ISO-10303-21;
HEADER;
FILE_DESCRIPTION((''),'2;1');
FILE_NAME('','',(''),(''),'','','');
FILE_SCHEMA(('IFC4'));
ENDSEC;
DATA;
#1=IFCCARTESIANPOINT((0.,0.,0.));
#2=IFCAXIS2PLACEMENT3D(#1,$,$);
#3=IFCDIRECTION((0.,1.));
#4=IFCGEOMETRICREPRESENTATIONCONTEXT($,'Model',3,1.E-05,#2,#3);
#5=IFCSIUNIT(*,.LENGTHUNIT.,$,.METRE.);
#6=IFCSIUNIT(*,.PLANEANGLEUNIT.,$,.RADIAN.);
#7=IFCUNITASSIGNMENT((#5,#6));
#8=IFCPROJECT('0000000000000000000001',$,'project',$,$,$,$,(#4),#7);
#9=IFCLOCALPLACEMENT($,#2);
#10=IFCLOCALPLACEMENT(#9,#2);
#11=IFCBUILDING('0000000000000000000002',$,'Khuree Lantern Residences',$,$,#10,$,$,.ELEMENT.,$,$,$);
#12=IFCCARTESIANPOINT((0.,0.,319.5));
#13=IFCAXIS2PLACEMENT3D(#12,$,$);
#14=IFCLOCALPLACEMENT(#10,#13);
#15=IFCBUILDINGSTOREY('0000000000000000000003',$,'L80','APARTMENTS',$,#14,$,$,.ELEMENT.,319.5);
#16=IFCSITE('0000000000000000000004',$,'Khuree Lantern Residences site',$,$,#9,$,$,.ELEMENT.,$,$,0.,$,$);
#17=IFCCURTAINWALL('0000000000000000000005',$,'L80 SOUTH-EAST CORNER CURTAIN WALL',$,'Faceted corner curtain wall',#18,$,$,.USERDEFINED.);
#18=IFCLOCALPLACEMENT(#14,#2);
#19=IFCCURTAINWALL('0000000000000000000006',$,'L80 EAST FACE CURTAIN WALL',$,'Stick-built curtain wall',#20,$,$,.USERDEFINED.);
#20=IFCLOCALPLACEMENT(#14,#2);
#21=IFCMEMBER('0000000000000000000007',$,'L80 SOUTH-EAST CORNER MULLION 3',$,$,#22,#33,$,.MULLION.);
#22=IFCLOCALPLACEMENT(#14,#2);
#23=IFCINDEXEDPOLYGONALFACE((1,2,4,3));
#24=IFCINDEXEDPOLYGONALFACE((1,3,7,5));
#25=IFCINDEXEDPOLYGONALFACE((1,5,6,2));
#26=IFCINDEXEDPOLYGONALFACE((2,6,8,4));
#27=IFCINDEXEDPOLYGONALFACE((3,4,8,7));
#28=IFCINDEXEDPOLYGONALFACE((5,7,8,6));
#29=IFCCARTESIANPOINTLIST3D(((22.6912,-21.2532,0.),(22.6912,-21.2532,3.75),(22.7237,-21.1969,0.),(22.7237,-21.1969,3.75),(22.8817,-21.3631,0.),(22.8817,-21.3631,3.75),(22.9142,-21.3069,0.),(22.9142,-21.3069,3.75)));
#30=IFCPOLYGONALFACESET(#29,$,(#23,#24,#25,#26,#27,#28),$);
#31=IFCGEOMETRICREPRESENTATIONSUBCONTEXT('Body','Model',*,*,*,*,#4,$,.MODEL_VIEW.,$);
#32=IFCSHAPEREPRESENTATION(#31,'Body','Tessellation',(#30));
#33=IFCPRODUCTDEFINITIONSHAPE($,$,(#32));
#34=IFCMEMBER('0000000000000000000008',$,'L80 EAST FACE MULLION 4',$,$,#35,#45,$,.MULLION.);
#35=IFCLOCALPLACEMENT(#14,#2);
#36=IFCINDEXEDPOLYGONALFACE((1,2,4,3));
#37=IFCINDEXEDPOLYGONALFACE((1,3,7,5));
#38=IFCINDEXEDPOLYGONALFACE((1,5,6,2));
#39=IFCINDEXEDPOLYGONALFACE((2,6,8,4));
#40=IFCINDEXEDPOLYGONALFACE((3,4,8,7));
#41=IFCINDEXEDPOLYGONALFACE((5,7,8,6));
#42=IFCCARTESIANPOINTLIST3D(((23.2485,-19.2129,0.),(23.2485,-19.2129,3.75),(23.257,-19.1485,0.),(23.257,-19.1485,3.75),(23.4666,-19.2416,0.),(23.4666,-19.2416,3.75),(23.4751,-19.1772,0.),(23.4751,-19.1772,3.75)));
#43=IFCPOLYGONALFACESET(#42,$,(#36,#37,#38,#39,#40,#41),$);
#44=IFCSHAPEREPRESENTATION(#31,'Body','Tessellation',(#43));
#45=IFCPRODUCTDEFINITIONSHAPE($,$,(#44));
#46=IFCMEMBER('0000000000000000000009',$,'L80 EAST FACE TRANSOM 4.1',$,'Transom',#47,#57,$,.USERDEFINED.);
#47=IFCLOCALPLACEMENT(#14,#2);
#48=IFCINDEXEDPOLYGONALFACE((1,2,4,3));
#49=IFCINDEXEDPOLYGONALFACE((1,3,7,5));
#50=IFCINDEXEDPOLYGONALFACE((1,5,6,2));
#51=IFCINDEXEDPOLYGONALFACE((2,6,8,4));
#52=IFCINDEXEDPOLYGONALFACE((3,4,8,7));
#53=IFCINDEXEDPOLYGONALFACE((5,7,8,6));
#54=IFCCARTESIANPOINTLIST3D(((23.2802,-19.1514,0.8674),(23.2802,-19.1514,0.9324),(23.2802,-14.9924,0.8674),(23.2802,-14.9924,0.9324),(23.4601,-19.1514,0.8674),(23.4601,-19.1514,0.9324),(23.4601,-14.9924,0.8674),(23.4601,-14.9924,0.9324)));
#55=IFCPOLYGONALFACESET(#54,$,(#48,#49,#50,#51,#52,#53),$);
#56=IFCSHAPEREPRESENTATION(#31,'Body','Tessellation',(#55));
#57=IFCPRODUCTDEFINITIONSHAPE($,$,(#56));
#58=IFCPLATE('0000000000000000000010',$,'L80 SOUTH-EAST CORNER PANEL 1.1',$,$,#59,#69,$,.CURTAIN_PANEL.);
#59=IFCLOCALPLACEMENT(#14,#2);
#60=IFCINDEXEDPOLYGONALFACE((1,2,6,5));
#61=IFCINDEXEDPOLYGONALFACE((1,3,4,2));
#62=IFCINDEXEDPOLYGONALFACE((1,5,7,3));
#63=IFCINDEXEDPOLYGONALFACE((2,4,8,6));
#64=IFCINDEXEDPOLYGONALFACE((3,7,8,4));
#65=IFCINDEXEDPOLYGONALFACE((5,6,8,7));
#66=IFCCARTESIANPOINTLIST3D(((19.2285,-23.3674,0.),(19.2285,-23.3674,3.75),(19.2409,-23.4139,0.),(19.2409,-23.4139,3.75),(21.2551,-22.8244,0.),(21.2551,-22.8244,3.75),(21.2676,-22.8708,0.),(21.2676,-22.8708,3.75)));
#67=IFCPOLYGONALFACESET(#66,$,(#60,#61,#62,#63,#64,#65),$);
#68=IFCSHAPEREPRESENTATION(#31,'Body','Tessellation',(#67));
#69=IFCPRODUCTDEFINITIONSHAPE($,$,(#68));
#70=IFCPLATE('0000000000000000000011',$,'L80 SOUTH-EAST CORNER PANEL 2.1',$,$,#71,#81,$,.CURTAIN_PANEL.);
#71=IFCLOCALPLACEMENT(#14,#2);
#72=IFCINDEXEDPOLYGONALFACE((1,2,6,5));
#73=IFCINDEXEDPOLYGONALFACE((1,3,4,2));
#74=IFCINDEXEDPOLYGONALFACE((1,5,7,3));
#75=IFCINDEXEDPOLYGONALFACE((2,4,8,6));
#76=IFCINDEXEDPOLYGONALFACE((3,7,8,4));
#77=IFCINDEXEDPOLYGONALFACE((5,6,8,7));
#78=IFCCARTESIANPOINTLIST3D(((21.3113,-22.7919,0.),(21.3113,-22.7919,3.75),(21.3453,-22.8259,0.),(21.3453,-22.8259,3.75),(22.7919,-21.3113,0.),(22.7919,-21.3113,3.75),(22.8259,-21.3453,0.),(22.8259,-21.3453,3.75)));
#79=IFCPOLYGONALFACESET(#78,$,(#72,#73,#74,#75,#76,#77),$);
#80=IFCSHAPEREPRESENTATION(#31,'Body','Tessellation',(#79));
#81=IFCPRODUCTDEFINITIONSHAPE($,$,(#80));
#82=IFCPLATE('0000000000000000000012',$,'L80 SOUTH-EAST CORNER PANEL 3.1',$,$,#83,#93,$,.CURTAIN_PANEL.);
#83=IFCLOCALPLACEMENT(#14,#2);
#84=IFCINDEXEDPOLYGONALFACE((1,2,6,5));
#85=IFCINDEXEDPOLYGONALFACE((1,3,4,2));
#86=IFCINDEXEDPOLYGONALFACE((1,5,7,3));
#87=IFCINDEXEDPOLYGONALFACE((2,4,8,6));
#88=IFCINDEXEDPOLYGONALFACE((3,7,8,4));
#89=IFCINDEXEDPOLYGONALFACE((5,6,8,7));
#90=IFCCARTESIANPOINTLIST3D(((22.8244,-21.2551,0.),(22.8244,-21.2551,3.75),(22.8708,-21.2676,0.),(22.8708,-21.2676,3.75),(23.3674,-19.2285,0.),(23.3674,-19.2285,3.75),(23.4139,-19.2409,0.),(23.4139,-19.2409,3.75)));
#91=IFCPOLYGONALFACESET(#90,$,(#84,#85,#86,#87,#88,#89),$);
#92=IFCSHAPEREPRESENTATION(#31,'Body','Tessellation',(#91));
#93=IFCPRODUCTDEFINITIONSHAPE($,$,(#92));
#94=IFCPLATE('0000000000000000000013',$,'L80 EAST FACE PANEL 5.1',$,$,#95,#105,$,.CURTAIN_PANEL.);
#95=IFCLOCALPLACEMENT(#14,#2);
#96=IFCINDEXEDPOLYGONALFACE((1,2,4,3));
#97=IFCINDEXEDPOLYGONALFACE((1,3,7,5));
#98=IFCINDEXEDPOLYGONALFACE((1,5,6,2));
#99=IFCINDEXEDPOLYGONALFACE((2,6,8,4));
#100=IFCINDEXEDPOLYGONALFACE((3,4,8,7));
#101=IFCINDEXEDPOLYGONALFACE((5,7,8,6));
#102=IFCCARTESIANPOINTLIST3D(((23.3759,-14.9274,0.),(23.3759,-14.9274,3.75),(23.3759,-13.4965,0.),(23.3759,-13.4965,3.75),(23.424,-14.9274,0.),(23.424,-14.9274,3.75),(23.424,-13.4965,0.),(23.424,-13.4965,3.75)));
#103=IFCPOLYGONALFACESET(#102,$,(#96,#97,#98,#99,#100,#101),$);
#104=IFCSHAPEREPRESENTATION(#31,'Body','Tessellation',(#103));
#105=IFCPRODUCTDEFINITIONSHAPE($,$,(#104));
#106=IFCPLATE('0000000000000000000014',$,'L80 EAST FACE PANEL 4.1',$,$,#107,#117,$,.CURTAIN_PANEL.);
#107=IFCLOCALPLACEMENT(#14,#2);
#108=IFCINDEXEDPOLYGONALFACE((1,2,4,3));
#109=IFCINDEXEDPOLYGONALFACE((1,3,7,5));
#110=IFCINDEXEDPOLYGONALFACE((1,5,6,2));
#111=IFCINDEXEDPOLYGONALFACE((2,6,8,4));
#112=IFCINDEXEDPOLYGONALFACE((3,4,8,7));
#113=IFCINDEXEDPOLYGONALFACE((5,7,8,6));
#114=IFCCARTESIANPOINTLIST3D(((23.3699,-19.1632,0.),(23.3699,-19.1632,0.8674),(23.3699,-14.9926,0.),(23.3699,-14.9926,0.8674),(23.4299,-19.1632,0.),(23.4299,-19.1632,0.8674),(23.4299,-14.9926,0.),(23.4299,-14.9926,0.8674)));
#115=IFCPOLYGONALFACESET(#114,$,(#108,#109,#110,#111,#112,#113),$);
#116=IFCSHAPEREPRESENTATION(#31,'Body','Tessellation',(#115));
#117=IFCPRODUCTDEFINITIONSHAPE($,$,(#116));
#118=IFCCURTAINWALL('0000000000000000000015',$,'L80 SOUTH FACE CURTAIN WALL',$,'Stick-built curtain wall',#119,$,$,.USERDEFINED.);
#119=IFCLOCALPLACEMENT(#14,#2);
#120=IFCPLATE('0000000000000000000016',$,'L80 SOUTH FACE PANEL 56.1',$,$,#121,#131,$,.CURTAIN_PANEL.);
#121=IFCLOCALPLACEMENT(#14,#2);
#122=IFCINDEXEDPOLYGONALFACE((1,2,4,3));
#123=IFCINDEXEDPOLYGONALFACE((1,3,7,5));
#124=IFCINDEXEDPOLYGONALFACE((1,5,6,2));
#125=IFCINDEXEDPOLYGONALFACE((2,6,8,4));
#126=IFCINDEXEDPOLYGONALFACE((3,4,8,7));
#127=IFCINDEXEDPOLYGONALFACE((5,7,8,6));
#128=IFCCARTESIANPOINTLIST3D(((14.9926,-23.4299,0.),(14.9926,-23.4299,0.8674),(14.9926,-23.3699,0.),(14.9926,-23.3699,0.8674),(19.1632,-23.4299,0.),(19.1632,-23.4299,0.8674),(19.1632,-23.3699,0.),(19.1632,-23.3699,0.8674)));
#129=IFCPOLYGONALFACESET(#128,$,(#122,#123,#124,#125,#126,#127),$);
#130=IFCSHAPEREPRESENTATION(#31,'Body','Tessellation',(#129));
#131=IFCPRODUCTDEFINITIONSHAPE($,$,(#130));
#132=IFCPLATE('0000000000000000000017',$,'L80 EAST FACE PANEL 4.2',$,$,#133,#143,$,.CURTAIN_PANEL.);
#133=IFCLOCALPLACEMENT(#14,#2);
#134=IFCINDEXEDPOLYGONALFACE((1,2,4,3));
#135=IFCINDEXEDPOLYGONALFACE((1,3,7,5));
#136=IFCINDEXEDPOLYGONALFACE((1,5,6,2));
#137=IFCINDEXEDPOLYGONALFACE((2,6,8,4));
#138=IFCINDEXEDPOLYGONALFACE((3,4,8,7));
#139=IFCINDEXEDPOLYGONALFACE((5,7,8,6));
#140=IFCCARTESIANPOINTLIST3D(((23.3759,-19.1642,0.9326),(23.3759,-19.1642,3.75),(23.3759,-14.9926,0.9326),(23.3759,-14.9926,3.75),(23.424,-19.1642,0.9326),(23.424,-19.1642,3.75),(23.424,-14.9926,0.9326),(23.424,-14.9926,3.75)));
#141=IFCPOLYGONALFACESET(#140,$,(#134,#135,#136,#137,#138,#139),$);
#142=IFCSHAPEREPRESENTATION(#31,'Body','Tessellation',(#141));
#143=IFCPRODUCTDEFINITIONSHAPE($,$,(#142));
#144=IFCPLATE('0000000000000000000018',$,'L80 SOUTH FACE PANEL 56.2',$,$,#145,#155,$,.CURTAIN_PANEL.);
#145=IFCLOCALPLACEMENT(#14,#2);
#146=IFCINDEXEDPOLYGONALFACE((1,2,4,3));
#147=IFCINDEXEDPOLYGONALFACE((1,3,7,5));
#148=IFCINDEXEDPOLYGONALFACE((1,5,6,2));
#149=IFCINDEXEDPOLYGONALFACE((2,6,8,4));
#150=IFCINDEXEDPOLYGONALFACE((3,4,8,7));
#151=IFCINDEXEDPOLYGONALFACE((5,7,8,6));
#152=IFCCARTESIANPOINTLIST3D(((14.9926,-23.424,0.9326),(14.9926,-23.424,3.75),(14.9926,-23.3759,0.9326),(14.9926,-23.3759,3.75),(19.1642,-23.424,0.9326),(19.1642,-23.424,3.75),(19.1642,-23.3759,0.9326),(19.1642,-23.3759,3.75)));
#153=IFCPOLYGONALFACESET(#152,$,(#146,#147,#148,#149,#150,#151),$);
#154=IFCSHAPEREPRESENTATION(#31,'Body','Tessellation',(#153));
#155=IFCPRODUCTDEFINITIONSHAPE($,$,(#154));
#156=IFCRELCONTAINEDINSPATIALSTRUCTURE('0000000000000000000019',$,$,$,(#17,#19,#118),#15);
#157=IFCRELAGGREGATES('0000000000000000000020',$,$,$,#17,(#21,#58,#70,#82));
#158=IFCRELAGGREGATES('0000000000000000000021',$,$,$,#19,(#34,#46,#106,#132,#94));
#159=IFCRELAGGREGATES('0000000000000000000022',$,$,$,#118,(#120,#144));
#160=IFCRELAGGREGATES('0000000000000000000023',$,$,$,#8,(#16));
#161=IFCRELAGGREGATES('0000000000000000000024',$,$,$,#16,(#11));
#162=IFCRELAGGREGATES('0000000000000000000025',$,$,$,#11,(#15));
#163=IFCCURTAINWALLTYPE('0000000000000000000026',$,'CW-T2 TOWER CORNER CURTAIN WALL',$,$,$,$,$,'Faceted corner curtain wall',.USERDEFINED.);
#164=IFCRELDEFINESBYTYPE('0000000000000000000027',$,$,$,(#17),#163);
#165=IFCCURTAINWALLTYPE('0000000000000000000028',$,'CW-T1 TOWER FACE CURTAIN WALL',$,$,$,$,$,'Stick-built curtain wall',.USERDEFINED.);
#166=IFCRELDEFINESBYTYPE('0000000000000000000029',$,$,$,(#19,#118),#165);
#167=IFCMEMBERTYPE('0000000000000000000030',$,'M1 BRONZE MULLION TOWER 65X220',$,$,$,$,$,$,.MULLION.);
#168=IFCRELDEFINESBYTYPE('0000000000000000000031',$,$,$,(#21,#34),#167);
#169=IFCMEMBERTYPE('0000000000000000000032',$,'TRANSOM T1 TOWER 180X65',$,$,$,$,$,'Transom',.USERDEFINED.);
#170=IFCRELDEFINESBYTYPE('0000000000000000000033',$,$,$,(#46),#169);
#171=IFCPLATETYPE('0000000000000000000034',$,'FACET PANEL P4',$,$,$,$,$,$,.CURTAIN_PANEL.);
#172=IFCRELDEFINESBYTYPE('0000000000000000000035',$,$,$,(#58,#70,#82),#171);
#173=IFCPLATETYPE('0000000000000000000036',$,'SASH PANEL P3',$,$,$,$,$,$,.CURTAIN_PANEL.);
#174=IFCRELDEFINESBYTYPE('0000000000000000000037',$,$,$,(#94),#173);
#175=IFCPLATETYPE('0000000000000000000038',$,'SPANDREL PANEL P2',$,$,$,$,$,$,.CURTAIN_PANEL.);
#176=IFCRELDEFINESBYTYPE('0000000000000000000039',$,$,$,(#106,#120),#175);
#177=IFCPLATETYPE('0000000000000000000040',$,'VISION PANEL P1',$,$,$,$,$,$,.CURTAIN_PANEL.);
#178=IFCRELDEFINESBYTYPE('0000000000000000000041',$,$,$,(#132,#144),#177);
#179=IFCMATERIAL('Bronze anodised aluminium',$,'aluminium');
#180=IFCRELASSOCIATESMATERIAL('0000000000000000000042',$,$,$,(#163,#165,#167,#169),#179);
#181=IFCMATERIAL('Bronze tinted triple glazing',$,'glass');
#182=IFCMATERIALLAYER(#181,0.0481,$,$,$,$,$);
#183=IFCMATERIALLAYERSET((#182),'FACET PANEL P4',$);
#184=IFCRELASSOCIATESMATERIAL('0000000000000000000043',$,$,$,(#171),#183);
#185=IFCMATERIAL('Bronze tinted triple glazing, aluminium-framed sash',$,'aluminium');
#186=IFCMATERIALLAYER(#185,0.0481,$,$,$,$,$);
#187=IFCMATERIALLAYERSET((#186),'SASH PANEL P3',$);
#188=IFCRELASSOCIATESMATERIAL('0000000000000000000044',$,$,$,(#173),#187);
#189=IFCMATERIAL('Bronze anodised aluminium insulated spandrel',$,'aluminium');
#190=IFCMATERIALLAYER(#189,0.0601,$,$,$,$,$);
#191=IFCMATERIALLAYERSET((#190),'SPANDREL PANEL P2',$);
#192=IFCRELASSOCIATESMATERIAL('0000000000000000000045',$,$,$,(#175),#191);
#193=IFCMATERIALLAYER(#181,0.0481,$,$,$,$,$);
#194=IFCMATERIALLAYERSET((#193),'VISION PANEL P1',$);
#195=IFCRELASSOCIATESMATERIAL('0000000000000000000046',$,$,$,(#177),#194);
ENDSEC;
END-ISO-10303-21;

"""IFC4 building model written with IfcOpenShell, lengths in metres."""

from ifc_helpers import new_model, si_unit, direction, frame, origin, origin_2d, place, context, subcontext, project, spatial, rectangle, extrude, material, layer, layer_set, material_profile, profile_set, type_object, element, aggregate, save


model = new_model("IFC4")

# Units and contexts
model_context = context("Model", 3, precision=1e-05, world=origin(), true_north=direction((0.0, 1.0)))
body_context = subcontext(model_context, "Body", "Model", "MODEL_VIEW")
ifc_project = project(units=[si_unit("LENGTHUNIT", "METRE"), si_unit("PLANEANGLEUNIT", "RADIAN")], contexts=[model_context])

# Site, building, storey
site_placement = place(None, origin())
site = spatial("IfcSite", under=ifc_project, at=site_placement, Name="Khuree Lantern Residences site", CompositionType="ELEMENT", RefElevation=0.0)
building_placement = place(site_placement, origin())
building = spatial("IfcBuilding", under=site, at=building_placement, Name="Khuree Lantern Residences", CompositionType="ELEMENT")
storey_placement = place(building_placement, frame((0.0, 0.0, 319.5)))
storey = spatial("IfcBuildingStorey", under=building, at=storey_placement, Name="L80", Description="APARTMENTS", CompositionType="ELEMENT", Elevation=319.5)

# Curtain walls
ifc_material_1 = material(Name="Bronze anodised aluminium", Category="aluminium")
curtain_wall_type_1 = type_object("IfcCurtainWallType", Name="CW-T2 TOWER CORNER CURTAIN WALL", ElementType="Faceted corner curtain wall", PredefinedType="USERDEFINED", material=ifc_material_1)
curtain_wall_1_placement = place(storey_placement, origin())
curtain_wall_1 = element("IfcCurtainWall", 1, at=curtain_wall_1_placement, inside=storey, type_object=curtain_wall_type_1, Name="L80 SOUTH-EAST CORNER CURTAIN WALL", ObjectType="Faceted corner curtain wall", PredefinedType="USERDEFINED")
curtain_wall_type_2 = type_object("IfcCurtainWallType", Name="CW-T1 TOWER FACE CURTAIN WALL", ElementType="Stick-built curtain wall", PredefinedType="USERDEFINED", material=ifc_material_1)
curtain_wall_2_placement = place(storey_placement, origin())
curtain_wall_2 = element("IfcCurtainWall", 2, at=curtain_wall_2_placement, inside=storey, type_object=curtain_wall_type_2, Name="L80 EAST FACE CURTAIN WALL", ObjectType="Stick-built curtain wall", PredefinedType="USERDEFINED")

# Members
ifc_material_profile_1 = material_profile(ifc_material_1, rectangle(XDim=0.0649, YDim=0.22, at=origin_2d()), Name="M1 65X220")
ifc_profile_set_1 = profile_set([ifc_material_profile_1], Name="Bronze anodised aluminium")
member_type_1 = type_object("IfcMemberType", Name="M1 BRONZE MULLION TOWER 65X220", PredefinedType="MULLION", material=ifc_profile_set_1)
member_1_placement = place(storey_placement, frame((22.8027, -21.28, 0.0), z_axis=(0.0, 0.0, 1.0), x_axis=(0.5, 0.866025, 0.0)))
member_1 = element("IfcMember", 3, at=member_1_placement, type_object=member_type_1, Name="L80 SOUTH-EAST CORNER MULLION 3", PredefinedType="MULLION", context=body_context, shape_type="SweptSolid", body=[
    extrude(rectangle(XDim=0.0649, YDim=0.22, at=origin_2d()), origin(), (0.0, 0.0, 1.0), 3.75),
])
member_2_placement = place(storey_placement, frame((23.3618, -19.1951, 0.0), z_axis=(0.0, 0.0, 1.0), x_axis=(0.130526, 0.991445, 0.0)))
member_2 = element("IfcMember", 4, at=member_2_placement, type_object=member_type_1, Name="L80 EAST FACE MULLION 4", PredefinedType="MULLION", context=body_context, shape_type="SweptSolid", body=[
    extrude(rectangle(XDim=0.0649, YDim=0.22, at=origin_2d()), origin(), (0.0, 0.0, 1.0), 3.75),
])
ifc_material_profile_2 = material_profile(ifc_material_1, rectangle(XDim=0.1799, YDim=0.0649, at=origin_2d()), Name="T1 180X65")
ifc_profile_set_2 = profile_set([ifc_material_profile_2], Name="Bronze anodised aluminium")
member_type_2 = type_object("IfcMemberType", Name="TRANSOM T1 TOWER 180X65", ElementType="Transom", PredefinedType="USERDEFINED", material=ifc_profile_set_2)
member_3_placement = place(storey_placement, frame((23.3701, -19.1514, 0.8999), z_axis=(0.0, 1.0, 0.0), x_axis=(-1.0, 0.0, 0.0)))
member_3 = element("IfcMember", 5, at=member_3_placement, type_object=member_type_2, Name="L80 EAST FACE TRANSOM 4.1", ObjectType="Transom", PredefinedType="USERDEFINED", context=body_context, shape_type="SweptSolid", body=[
    extrude(rectangle(XDim=0.1799, YDim=0.0649, at=origin_2d()), origin(), (0.0, 0.0, 1.0), 4.1589),
])

# Plates
ifc_material_2 = material(Name="Bronze tinted triple glazing", Category="glass")
ifc_layer_1 = layer(ifc_material_2, 0.0481)
ifc_layer_set_1 = layer_set([ifc_layer_1], Name="FACET PANEL P4")
plate_type_1 = type_object("IfcPlateType", Name="FACET PANEL P4", PredefinedType="CURTAIN_PANEL", material=ifc_layer_set_1)
plate_1_placement = place(storey_placement, frame((20.248, -23.1191, 0.0), z_axis=(0.0, 0.0, 1.0), x_axis=(0.965926, 0.258819, 0.0)))
plate_1 = element("IfcPlate", 6, at=plate_1_placement, type_object=plate_type_1, Name="L80 SOUTH-EAST CORNER PANEL 1.1", PredefinedType="CURTAIN_PANEL", context=body_context, shape_type="SweptSolid", body=[
    extrude(rectangle(XDim=2.0981, YDim=0.0481, at=origin_2d()), origin(), (0.0, 0.0, 1.0), 3.75),
])
plate_2_placement = place(storey_placement, frame((22.0686, -22.0686, 0.0), z_axis=(0.0, 0.0, 1.0), x_axis=(0.707107, 0.707107, 0.0)))
plate_2 = element("IfcPlate", 7, at=plate_2_placement, type_object=plate_type_1, Name="L80 SOUTH-EAST CORNER PANEL 2.1", PredefinedType="CURTAIN_PANEL", context=body_context, shape_type="SweptSolid", body=[
    extrude(rectangle(XDim=2.094, YDim=0.0481, at=origin_2d()), origin(), (0.0, 0.0, 1.0), 3.75),
])
plate_3_placement = place(storey_placement, frame((23.1191, -20.248, 0.0), z_axis=(0.0, 0.0, 1.0), x_axis=(0.258819, 0.965926, 0.0)))
plate_3 = element("IfcPlate", 8, at=plate_3_placement, type_object=plate_type_1, Name="L80 SOUTH-EAST CORNER PANEL 3.1", PredefinedType="CURTAIN_PANEL", context=body_context, shape_type="SweptSolid", body=[
    extrude(rectangle(XDim=2.0981, YDim=0.0481, at=origin_2d()), origin(), (0.0, 0.0, 1.0), 3.75),
])
aggregate(curtain_wall_1, [member_1, plate_1, plate_2, plate_3])
ifc_material_3 = material(Name="Bronze tinted triple glazing, aluminium-framed sash", Category="aluminium")
ifc_layer_2 = layer(ifc_material_3, 0.0481)
ifc_layer_set_2 = layer_set([ifc_layer_2], Name="SASH PANEL P3")
plate_type_2 = type_object("IfcPlateType", Name="SASH PANEL P3", PredefinedType="CURTAIN_PANEL", material=ifc_layer_set_2)
plate_4_placement = place(storey_placement, frame((23.3999, -14.2119, 0.0), z_axis=(0.0, 0.0, 1.0), x_axis=(0.0, 1.0, 0.0)))
plate_4 = element("IfcPlate", 9, at=plate_4_placement, type_object=plate_type_2, Name="L80 EAST FACE PANEL 5.1", PredefinedType="CURTAIN_PANEL", context=body_context, shape_type="SweptSolid", body=[
    extrude(rectangle(XDim=1.4309, YDim=0.0481, at=origin_2d()), origin(), (0.0, 0.0, 1.0), 3.75),
])
ifc_material_4 = material(Name="Bronze anodised aluminium insulated spandrel", Category="aluminium")
ifc_layer_3 = layer(ifc_material_4, 0.0601)
ifc_layer_set_3 = layer_set([ifc_layer_3], Name="SPANDREL PANEL P2")
plate_type_3 = type_object("IfcPlateType", Name="SPANDREL PANEL P2", PredefinedType="CURTAIN_PANEL", material=ifc_layer_set_3)
plate_5_placement = place(storey_placement, frame((23.3999, -17.0779, 0.0), z_axis=(0.0, 0.0, 1.0), x_axis=(0.0, 1.0, 0.0)))
plate_5 = element("IfcPlate", 10, at=plate_5_placement, type_object=plate_type_3, Name="L80 EAST FACE PANEL 4.1", PredefinedType="CURTAIN_PANEL", context=body_context, shape_type="SweptSolid", body=[
    extrude(rectangle(XDim=4.1707, YDim=0.0601, at=origin_2d()), origin(), (0.0, 0.0, 1.0), 0.8674),
])

# Curtain wall, plate
curtain_wall_3_placement = place(storey_placement, origin())
curtain_wall_3 = element("IfcCurtainWall", 11, at=curtain_wall_3_placement, inside=storey, type_object=curtain_wall_type_2, Name="L80 SOUTH FACE CURTAIN WALL", ObjectType="Stick-built curtain wall", PredefinedType="USERDEFINED")
plate_6_placement = place(storey_placement, frame((17.0779, -23.3999, 0.0), z_axis=(0.0, 0.0, 1.0), x_axis=(1.0, 0.0, 0.0)))
plate_6 = element("IfcPlate", 12, at=plate_6_placement, type_object=plate_type_3, Name="L80 SOUTH FACE PANEL 56.1", PredefinedType="CURTAIN_PANEL", context=body_context, shape_type="SweptSolid", body=[
    extrude(rectangle(XDim=4.1707, YDim=0.0601, at=origin_2d()), origin(), (0.0, 0.0, 1.0), 0.8674),
])

# Plates
ifc_layer_4 = layer(ifc_material_2, 0.0481)
ifc_layer_set_4 = layer_set([ifc_layer_4], Name="VISION PANEL P1")
plate_type_4 = type_object("IfcPlateType", Name="VISION PANEL P1", PredefinedType="CURTAIN_PANEL", material=ifc_layer_set_4)
plate_7_placement = place(storey_placement, frame((23.3999, -17.0784, 0.9326), z_axis=(0.0, 0.0, 1.0), x_axis=(0.0, 1.0, 0.0)))
plate_7 = element("IfcPlate", 13, at=plate_7_placement, type_object=plate_type_4, Name="L80 EAST FACE PANEL 4.2", PredefinedType="CURTAIN_PANEL", context=body_context, shape_type="SweptSolid", body=[
    extrude(rectangle(XDim=4.1716, YDim=0.0481, at=origin_2d()), origin(), (0.0, 0.0, 1.0), 2.8174),
])
aggregate(curtain_wall_2, [member_2, member_3, plate_5, plate_7, plate_4])
plate_8_placement = place(storey_placement, frame((17.0784, -23.3999, 0.9326), z_axis=(0.0, 0.0, 1.0), x_axis=(1.0, 0.0, 0.0)))
plate_8 = element("IfcPlate", 14, at=plate_8_placement, type_object=plate_type_4, Name="L80 SOUTH FACE PANEL 56.2", PredefinedType="CURTAIN_PANEL", context=body_context, shape_type="SweptSolid", body=[
    extrude(rectangle(XDim=4.1716, YDim=0.0481, at=origin_2d()), origin(), (0.0, 0.0, 1.0), 2.8174),
])
aggregate(curtain_wall_3, [plate_6, plate_8])

save(model, "model.ifc")
